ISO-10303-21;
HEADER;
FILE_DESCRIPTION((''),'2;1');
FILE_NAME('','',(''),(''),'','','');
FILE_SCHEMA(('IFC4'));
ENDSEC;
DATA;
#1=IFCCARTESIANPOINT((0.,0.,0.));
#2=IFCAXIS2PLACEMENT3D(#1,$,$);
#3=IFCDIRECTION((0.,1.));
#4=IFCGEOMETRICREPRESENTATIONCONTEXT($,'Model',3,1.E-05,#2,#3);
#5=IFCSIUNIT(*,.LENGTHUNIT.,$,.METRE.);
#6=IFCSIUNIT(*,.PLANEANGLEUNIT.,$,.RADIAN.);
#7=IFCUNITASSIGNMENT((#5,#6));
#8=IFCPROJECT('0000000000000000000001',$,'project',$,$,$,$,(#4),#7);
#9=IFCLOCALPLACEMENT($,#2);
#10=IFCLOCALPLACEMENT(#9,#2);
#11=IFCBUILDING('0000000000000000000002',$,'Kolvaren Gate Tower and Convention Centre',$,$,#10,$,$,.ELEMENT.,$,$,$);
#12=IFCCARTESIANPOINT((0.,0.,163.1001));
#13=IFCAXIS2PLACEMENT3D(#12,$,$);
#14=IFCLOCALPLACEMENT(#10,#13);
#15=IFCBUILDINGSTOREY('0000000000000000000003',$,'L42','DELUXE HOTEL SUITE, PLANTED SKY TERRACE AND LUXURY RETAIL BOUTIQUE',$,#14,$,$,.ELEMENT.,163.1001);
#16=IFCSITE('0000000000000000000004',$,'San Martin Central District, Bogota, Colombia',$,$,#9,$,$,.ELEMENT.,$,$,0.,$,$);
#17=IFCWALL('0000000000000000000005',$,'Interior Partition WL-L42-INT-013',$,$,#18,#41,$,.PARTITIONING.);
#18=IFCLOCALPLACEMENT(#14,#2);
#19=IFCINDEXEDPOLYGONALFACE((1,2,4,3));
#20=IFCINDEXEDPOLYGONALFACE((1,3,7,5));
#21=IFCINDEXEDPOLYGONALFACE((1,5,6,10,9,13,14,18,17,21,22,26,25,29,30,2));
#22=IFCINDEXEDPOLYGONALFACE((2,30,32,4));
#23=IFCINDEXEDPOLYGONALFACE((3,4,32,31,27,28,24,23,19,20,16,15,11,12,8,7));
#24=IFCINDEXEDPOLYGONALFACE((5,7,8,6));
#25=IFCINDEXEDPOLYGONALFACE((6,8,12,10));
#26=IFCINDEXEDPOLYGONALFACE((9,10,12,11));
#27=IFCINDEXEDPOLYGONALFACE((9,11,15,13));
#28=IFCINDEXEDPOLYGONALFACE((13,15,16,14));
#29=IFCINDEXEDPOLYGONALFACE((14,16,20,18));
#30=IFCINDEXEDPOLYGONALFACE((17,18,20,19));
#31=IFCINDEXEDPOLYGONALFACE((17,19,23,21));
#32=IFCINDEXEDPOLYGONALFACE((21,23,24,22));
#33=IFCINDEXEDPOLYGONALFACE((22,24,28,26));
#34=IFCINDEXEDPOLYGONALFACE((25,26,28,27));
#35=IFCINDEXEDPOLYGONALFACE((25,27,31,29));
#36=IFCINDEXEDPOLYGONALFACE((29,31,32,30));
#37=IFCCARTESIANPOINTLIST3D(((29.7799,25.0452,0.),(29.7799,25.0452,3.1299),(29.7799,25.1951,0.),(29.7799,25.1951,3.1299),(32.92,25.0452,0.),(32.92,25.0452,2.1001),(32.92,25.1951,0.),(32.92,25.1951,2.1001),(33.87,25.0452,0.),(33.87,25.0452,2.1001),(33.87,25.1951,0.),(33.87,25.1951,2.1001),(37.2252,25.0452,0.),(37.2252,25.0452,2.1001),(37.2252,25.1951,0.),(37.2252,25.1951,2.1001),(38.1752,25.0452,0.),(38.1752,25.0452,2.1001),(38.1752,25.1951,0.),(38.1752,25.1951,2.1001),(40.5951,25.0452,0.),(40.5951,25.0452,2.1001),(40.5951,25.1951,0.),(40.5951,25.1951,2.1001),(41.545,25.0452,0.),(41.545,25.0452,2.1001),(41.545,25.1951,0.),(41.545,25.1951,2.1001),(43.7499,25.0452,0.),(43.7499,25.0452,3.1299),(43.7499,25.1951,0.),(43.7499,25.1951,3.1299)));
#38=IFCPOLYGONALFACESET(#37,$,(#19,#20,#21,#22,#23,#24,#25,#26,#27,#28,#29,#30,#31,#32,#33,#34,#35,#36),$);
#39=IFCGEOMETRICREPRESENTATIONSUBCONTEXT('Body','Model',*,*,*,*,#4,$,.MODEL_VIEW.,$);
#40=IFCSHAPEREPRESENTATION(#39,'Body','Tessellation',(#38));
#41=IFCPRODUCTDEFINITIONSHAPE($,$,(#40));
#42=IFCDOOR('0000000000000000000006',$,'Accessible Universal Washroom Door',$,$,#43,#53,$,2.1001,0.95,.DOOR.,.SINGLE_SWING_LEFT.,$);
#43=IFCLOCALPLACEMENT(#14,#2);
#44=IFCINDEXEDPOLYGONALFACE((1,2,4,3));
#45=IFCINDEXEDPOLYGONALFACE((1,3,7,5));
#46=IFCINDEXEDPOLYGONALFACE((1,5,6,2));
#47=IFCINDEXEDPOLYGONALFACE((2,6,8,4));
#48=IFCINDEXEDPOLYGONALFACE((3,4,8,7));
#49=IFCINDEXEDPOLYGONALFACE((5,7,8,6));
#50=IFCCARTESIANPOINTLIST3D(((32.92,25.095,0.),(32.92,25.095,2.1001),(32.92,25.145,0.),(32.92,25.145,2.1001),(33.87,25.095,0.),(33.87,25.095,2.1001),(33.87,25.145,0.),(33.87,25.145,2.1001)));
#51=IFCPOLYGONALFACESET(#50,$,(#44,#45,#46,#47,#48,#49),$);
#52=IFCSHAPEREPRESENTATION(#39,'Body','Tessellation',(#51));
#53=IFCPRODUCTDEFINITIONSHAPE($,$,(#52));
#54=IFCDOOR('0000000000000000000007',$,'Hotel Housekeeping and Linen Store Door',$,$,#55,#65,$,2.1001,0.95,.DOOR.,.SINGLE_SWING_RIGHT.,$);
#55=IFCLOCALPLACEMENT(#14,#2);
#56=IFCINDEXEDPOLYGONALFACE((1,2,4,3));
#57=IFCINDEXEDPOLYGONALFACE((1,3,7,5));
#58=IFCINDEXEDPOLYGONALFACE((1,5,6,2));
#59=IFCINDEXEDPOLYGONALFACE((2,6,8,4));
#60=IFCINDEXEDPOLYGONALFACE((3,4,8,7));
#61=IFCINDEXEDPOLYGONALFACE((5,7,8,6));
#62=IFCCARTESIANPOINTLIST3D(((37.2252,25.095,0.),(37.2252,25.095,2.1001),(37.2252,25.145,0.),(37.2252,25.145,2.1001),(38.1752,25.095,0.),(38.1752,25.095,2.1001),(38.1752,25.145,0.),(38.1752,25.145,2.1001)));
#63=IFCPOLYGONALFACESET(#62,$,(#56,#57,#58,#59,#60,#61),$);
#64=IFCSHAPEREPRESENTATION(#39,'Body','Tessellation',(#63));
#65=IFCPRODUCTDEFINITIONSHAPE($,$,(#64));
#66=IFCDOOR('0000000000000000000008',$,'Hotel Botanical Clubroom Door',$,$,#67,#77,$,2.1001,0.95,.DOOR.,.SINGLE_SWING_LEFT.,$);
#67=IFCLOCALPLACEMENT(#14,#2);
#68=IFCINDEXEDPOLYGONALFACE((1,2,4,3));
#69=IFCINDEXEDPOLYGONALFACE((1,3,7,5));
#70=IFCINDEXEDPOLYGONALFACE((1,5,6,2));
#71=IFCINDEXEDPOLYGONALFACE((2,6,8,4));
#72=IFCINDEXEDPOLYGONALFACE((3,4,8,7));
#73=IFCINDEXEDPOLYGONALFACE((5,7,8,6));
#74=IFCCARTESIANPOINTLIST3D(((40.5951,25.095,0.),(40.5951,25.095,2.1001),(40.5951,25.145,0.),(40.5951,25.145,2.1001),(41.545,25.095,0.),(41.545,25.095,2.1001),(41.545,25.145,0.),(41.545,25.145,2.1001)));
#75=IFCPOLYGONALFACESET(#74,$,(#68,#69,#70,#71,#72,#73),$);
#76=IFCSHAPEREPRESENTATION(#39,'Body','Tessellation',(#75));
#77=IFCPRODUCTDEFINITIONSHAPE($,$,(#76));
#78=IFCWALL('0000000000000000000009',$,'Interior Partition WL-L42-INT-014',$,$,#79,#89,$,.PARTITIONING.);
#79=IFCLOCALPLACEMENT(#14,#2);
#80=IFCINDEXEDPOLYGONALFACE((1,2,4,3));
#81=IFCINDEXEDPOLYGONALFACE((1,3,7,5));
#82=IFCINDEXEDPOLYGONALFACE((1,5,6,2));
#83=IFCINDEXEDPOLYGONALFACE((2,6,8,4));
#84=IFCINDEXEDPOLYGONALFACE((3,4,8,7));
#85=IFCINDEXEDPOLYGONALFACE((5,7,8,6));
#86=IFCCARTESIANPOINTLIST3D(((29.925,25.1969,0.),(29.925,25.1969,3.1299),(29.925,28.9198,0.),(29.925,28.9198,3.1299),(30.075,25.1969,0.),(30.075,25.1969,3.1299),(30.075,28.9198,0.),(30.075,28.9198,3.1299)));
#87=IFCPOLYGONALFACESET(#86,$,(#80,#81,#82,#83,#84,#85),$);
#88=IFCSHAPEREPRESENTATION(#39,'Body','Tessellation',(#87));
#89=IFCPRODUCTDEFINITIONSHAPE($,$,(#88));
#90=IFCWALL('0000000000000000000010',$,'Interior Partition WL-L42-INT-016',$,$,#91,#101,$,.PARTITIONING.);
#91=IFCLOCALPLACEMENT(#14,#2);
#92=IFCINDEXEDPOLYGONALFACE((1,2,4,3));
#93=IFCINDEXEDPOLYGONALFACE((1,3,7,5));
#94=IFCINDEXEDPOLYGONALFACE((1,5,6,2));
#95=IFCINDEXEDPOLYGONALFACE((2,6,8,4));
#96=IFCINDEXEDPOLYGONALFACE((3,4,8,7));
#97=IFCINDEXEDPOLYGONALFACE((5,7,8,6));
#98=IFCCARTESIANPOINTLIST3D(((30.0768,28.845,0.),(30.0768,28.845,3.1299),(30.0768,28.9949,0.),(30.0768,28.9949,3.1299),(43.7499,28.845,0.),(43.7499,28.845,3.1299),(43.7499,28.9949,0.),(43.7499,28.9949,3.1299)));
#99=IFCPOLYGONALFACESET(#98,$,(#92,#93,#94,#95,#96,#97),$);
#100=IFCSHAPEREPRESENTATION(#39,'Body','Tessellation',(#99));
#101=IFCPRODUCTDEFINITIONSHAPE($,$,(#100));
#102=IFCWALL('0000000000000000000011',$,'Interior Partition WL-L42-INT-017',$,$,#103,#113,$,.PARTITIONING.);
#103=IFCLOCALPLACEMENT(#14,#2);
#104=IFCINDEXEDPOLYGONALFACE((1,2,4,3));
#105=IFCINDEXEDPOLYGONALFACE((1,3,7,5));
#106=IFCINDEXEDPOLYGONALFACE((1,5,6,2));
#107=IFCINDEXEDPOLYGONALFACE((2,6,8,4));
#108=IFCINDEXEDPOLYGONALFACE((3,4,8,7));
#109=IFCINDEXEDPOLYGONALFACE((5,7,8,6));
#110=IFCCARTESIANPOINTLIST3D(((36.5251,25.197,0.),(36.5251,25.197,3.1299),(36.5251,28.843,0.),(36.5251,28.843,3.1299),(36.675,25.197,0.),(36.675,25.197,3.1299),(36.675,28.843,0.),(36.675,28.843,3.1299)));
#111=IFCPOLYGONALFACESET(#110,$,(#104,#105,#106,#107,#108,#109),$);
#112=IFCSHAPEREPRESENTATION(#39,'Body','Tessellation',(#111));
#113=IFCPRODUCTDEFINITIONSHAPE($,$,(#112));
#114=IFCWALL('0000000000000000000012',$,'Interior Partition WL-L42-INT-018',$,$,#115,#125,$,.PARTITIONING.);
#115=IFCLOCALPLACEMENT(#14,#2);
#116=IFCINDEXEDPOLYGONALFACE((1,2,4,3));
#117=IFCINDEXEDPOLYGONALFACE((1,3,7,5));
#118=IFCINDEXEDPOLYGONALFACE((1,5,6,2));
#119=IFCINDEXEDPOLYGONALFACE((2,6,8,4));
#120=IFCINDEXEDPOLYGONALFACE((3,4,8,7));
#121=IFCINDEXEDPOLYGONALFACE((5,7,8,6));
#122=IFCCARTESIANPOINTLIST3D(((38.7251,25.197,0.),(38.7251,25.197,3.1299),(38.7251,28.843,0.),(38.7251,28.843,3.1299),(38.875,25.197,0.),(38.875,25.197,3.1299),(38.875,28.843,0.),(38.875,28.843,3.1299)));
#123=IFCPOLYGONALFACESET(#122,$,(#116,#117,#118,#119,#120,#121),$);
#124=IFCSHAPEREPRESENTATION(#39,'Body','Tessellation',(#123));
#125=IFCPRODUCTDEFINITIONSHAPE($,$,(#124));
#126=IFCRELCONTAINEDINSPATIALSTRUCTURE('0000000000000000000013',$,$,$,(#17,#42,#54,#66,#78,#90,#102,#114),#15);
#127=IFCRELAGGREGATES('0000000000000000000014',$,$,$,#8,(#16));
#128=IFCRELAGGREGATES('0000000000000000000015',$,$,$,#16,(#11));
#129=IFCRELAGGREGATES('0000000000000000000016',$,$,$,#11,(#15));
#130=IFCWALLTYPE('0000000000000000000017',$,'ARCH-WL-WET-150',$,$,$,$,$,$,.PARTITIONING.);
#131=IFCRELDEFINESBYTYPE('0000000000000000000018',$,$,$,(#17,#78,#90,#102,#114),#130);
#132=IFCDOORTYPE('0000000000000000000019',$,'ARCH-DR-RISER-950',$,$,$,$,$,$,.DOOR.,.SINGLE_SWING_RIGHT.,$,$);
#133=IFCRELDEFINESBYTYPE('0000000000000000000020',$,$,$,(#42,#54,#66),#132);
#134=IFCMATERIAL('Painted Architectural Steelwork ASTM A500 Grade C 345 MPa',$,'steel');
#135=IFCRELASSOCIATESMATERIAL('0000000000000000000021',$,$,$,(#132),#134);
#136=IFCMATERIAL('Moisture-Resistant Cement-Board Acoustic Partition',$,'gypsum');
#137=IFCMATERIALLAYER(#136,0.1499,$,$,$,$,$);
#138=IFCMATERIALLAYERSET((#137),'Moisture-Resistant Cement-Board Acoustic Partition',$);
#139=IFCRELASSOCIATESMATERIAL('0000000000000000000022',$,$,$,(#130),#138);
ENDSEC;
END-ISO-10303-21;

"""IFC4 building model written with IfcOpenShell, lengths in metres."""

from ifc_helpers import new_model, si_unit, direction, frame, frame_2d, origin, place, context, subcontext, project, spatial, rectangle, extrude, material, layer, layer_set, type_object, element, fill, save


model = new_model("IFC4")

# Units and contexts
model_context = context("Model", 3, precision=1e-05, world=origin(), true_north=direction((0.0, 1.0)))
body_context = subcontext(model_context, "Body", "Model", "MODEL_VIEW")
ifc_project = project(units=[si_unit("LENGTHUNIT", "METRE"), si_unit("PLANEANGLEUNIT", "RADIAN")], contexts=[model_context])

# Site, building, storey
site_placement = place(None, origin())
site = spatial("IfcSite", under=ifc_project, at=site_placement, Name="San Martin Central District, Bogota, Colombia", CompositionType="ELEMENT", RefElevation=0.0)
building_placement = place(site_placement, origin())
building = spatial("IfcBuilding", under=site, at=building_placement, Name="Kolvaren Gate Tower and Convention Centre", CompositionType="ELEMENT")
storey_placement = place(building_placement, frame((0.0, 0.0, 163.1001)))
storey = spatial("IfcBuildingStorey", under=building, at=storey_placement, Name="L42", Description="DELUXE HOTEL SUITE, PLANTED SKY TERRACE AND LUXURY RETAIL BOUTIQUE", CompositionType="ELEMENT", Elevation=163.1001)

# Shared definitions
ifc_material_1 = material(Name="Painted Architectural Steelwork ASTM A500 Grade C 345 MPa", Category="steel")
door_type_1 = type_object("IfcDoorType", Name="ARCH-DR-RISER-950", OperationType="SINGLE_SWING_RIGHT", PredefinedType="DOOR", material=ifc_material_1)

# Wall, openings, doors
ifc_material_2 = material(Name="Moisture-Resistant Cement-Board Acoustic Partition", Category="gypsum")
ifc_layer_1 = layer(ifc_material_2, 0.1499)
ifc_layer_set_1 = layer_set([ifc_layer_1], Name="Moisture-Resistant Cement-Board Acoustic Partition")
wall_type_1 = type_object("IfcWallType", Name="ARCH-WL-WET-150", PredefinedType="PARTITIONING", material=ifc_layer_set_1)
wall_1_placement = place(storey_placement, frame((29.78, 25.1201, 0.0), z_axis=(0.0, 0.0, 1.0), x_axis=(1.0, 0.0, 0.0)))
wall_1 = element("IfcWall", 1, at=wall_1_placement, inside=storey, type_object=wall_type_1, Name="Interior Partition WL-L42-INT-013", PredefinedType="PARTITIONING", context=body_context, shape_type="SweptSolid", body=[
    extrude(rectangle(XDim=13.97, YDim=0.1499, at=frame_2d((6.9849, 0.0))), origin(), (0.0, 0.0, 1.0), 3.1299),
])
opening_1_placement = place(wall_1_placement, frame((3.1399, 0.0, 0.0)))
opening_1 = element("IfcOpeningElement", 2, at=opening_1_placement, cuts=wall_1, PredefinedType="OPENING", context=body_context, shape_type="SweptSolid", body=[
    extrude(rectangle(XDim=0.95, YDim=2.1001, at=frame_2d((0.4751, 1.05))), frame((0.0, 0.085, 0.0), z_axis=(0.0, -1.0, 0.0), x_axis=(1.0, 0.0, 0.0)), (0.0, 0.0, 1.0), 0.1699),
])
opening_2_placement = place(wall_1_placement, frame((7.4451, 0.0, 0.0)))
opening_2 = element("IfcOpeningElement", 3, at=opening_2_placement, cuts=wall_1, PredefinedType="OPENING", context=body_context, shape_type="SweptSolid", body=[
    extrude(rectangle(XDim=0.95, YDim=2.1001, at=frame_2d((0.4751, 1.05))), frame((0.0, 0.085, 0.0), z_axis=(0.0, -1.0, 0.0), x_axis=(1.0, 0.0, 0.0)), (0.0, 0.0, 1.0), 0.1699),
])
opening_3_placement = place(wall_1_placement, frame((10.8149, 0.0, 0.0)))
opening_3 = element("IfcOpeningElement", 4, at=opening_3_placement, cuts=wall_1, PredefinedType="OPENING", context=body_context, shape_type="SweptSolid", body=[
    extrude(rectangle(XDim=0.95, YDim=2.1001, at=frame_2d((0.4751, 1.05))), frame((0.0, 0.085, 0.0), z_axis=(0.0, -1.0, 0.0), x_axis=(1.0, 0.0, 0.0)), (0.0, 0.0, 1.0), 0.1699),
])
door_1_placement = place(opening_1_placement, origin())
door_1 = element("IfcDoor", 5, at=door_1_placement, inside=storey, type_object=door_type_1, Name="Accessible Universal Washroom Door", OperationType="SINGLE_SWING_LEFT", OverallHeight=2.1001, OverallWidth=0.95, PredefinedType="DOOR", context=body_context, shape_type="SweptSolid", body=[
    extrude(rectangle(XDim=0.95, YDim=2.1001, at=frame_2d((0.4751, 1.05))), frame((0.0, 0.0249, 0.0), z_axis=(0.0, -1.0, 0.0), x_axis=(1.0, 0.0, 0.0)), (0.0, 0.0, 1.0), 0.05),
])
fill(opening_1, door_1)
door_2_placement = place(opening_2_placement, origin())
door_2 = element("IfcDoor", 6, at=door_2_placement, inside=storey, type_object=door_type_1, Name="Hotel Housekeeping and Linen Store Door", OperationType="SINGLE_SWING_RIGHT", OverallHeight=2.1001, OverallWidth=0.95, PredefinedType="DOOR", context=body_context, shape_type="SweptSolid", body=[
    extrude(rectangle(XDim=0.95, YDim=2.1001, at=frame_2d((0.4751, 1.05))), frame((0.0, 0.0249, 0.0), z_axis=(0.0, -1.0, 0.0), x_axis=(1.0, 0.0, 0.0)), (0.0, 0.0, 1.0), 0.05),
])
fill(opening_2, door_2)
door_3_placement = place(opening_3_placement, origin())
door_3 = element("IfcDoor", 7, at=door_3_placement, inside=storey, type_object=door_type_1, Name="Hotel Botanical Clubroom Door", OperationType="SINGLE_SWING_LEFT", OverallHeight=2.1001, OverallWidth=0.95, PredefinedType="DOOR", context=body_context, shape_type="SweptSolid", body=[
    extrude(rectangle(XDim=0.95, YDim=2.1001, at=frame_2d((0.4751, 1.05))), frame((0.0, 0.0249, 0.0), z_axis=(0.0, -1.0, 0.0), x_axis=(1.0, 0.0, 0.0)), (0.0, 0.0, 1.0), 0.05),
])
fill(opening_3, door_3)

# Walls
wall_2_placement = place(storey_placement, frame((30.0, 25.197, 0.0), z_axis=(0.0, 0.0, 1.0), x_axis=(0.0, 1.0, 0.0)))
element("IfcWall", 8, at=wall_2_placement, inside=storey, type_object=wall_type_1, Name="Interior Partition WL-L42-INT-014", PredefinedType="PARTITIONING", context=body_context, shape_type="SweptSolid", body=[
    extrude(rectangle(XDim=3.7229, YDim=0.1499, at=frame_2d((1.8613, 0.0))), origin(), (0.0, 0.0, 1.0), 3.1299),
])
wall_3_placement = place(storey_placement, frame((30.0769, 28.9199, 0.0), z_axis=(0.0, 0.0, 1.0), x_axis=(1.0, 0.0, 0.0)))
element("IfcWall", 9, at=wall_3_placement, inside=storey, type_object=wall_type_1, Name="Interior Partition WL-L42-INT-016", PredefinedType="PARTITIONING", context=body_context, shape_type="SweptSolid", body=[
    extrude(rectangle(XDim=13.6731, YDim=0.1499, at=frame_2d((6.8364, 0.0))), origin(), (0.0, 0.0, 1.0), 3.1299),
])
for number, where, z_axis, x_axis, name in (
    (10, (36.6001, 25.197, 0.0), (0.0, 0.0, 1.0), (0.0, 1.0, 0.0), "Interior Partition WL-L42-INT-017"),
    (11, (38.8, 25.197, 0.0), (0.0, 0.0, 1.0), (0.0, 1.0, 0.0), "Interior Partition WL-L42-INT-018"),
):
    element("IfcWall", number, at=place(storey_placement, frame(where, z_axis=z_axis, x_axis=x_axis)), inside=storey, type_object=wall_type_1, Name=name, PredefinedType="PARTITIONING", context=body_context, shape_type="SweptSolid", body=[
        extrude(rectangle(XDim=3.646, YDim=0.1499, at=frame_2d((1.823, 0.0))), origin(), (0.0, 0.0, 1.0), 3.1299),
    ])

save(model, "model.ifc")
